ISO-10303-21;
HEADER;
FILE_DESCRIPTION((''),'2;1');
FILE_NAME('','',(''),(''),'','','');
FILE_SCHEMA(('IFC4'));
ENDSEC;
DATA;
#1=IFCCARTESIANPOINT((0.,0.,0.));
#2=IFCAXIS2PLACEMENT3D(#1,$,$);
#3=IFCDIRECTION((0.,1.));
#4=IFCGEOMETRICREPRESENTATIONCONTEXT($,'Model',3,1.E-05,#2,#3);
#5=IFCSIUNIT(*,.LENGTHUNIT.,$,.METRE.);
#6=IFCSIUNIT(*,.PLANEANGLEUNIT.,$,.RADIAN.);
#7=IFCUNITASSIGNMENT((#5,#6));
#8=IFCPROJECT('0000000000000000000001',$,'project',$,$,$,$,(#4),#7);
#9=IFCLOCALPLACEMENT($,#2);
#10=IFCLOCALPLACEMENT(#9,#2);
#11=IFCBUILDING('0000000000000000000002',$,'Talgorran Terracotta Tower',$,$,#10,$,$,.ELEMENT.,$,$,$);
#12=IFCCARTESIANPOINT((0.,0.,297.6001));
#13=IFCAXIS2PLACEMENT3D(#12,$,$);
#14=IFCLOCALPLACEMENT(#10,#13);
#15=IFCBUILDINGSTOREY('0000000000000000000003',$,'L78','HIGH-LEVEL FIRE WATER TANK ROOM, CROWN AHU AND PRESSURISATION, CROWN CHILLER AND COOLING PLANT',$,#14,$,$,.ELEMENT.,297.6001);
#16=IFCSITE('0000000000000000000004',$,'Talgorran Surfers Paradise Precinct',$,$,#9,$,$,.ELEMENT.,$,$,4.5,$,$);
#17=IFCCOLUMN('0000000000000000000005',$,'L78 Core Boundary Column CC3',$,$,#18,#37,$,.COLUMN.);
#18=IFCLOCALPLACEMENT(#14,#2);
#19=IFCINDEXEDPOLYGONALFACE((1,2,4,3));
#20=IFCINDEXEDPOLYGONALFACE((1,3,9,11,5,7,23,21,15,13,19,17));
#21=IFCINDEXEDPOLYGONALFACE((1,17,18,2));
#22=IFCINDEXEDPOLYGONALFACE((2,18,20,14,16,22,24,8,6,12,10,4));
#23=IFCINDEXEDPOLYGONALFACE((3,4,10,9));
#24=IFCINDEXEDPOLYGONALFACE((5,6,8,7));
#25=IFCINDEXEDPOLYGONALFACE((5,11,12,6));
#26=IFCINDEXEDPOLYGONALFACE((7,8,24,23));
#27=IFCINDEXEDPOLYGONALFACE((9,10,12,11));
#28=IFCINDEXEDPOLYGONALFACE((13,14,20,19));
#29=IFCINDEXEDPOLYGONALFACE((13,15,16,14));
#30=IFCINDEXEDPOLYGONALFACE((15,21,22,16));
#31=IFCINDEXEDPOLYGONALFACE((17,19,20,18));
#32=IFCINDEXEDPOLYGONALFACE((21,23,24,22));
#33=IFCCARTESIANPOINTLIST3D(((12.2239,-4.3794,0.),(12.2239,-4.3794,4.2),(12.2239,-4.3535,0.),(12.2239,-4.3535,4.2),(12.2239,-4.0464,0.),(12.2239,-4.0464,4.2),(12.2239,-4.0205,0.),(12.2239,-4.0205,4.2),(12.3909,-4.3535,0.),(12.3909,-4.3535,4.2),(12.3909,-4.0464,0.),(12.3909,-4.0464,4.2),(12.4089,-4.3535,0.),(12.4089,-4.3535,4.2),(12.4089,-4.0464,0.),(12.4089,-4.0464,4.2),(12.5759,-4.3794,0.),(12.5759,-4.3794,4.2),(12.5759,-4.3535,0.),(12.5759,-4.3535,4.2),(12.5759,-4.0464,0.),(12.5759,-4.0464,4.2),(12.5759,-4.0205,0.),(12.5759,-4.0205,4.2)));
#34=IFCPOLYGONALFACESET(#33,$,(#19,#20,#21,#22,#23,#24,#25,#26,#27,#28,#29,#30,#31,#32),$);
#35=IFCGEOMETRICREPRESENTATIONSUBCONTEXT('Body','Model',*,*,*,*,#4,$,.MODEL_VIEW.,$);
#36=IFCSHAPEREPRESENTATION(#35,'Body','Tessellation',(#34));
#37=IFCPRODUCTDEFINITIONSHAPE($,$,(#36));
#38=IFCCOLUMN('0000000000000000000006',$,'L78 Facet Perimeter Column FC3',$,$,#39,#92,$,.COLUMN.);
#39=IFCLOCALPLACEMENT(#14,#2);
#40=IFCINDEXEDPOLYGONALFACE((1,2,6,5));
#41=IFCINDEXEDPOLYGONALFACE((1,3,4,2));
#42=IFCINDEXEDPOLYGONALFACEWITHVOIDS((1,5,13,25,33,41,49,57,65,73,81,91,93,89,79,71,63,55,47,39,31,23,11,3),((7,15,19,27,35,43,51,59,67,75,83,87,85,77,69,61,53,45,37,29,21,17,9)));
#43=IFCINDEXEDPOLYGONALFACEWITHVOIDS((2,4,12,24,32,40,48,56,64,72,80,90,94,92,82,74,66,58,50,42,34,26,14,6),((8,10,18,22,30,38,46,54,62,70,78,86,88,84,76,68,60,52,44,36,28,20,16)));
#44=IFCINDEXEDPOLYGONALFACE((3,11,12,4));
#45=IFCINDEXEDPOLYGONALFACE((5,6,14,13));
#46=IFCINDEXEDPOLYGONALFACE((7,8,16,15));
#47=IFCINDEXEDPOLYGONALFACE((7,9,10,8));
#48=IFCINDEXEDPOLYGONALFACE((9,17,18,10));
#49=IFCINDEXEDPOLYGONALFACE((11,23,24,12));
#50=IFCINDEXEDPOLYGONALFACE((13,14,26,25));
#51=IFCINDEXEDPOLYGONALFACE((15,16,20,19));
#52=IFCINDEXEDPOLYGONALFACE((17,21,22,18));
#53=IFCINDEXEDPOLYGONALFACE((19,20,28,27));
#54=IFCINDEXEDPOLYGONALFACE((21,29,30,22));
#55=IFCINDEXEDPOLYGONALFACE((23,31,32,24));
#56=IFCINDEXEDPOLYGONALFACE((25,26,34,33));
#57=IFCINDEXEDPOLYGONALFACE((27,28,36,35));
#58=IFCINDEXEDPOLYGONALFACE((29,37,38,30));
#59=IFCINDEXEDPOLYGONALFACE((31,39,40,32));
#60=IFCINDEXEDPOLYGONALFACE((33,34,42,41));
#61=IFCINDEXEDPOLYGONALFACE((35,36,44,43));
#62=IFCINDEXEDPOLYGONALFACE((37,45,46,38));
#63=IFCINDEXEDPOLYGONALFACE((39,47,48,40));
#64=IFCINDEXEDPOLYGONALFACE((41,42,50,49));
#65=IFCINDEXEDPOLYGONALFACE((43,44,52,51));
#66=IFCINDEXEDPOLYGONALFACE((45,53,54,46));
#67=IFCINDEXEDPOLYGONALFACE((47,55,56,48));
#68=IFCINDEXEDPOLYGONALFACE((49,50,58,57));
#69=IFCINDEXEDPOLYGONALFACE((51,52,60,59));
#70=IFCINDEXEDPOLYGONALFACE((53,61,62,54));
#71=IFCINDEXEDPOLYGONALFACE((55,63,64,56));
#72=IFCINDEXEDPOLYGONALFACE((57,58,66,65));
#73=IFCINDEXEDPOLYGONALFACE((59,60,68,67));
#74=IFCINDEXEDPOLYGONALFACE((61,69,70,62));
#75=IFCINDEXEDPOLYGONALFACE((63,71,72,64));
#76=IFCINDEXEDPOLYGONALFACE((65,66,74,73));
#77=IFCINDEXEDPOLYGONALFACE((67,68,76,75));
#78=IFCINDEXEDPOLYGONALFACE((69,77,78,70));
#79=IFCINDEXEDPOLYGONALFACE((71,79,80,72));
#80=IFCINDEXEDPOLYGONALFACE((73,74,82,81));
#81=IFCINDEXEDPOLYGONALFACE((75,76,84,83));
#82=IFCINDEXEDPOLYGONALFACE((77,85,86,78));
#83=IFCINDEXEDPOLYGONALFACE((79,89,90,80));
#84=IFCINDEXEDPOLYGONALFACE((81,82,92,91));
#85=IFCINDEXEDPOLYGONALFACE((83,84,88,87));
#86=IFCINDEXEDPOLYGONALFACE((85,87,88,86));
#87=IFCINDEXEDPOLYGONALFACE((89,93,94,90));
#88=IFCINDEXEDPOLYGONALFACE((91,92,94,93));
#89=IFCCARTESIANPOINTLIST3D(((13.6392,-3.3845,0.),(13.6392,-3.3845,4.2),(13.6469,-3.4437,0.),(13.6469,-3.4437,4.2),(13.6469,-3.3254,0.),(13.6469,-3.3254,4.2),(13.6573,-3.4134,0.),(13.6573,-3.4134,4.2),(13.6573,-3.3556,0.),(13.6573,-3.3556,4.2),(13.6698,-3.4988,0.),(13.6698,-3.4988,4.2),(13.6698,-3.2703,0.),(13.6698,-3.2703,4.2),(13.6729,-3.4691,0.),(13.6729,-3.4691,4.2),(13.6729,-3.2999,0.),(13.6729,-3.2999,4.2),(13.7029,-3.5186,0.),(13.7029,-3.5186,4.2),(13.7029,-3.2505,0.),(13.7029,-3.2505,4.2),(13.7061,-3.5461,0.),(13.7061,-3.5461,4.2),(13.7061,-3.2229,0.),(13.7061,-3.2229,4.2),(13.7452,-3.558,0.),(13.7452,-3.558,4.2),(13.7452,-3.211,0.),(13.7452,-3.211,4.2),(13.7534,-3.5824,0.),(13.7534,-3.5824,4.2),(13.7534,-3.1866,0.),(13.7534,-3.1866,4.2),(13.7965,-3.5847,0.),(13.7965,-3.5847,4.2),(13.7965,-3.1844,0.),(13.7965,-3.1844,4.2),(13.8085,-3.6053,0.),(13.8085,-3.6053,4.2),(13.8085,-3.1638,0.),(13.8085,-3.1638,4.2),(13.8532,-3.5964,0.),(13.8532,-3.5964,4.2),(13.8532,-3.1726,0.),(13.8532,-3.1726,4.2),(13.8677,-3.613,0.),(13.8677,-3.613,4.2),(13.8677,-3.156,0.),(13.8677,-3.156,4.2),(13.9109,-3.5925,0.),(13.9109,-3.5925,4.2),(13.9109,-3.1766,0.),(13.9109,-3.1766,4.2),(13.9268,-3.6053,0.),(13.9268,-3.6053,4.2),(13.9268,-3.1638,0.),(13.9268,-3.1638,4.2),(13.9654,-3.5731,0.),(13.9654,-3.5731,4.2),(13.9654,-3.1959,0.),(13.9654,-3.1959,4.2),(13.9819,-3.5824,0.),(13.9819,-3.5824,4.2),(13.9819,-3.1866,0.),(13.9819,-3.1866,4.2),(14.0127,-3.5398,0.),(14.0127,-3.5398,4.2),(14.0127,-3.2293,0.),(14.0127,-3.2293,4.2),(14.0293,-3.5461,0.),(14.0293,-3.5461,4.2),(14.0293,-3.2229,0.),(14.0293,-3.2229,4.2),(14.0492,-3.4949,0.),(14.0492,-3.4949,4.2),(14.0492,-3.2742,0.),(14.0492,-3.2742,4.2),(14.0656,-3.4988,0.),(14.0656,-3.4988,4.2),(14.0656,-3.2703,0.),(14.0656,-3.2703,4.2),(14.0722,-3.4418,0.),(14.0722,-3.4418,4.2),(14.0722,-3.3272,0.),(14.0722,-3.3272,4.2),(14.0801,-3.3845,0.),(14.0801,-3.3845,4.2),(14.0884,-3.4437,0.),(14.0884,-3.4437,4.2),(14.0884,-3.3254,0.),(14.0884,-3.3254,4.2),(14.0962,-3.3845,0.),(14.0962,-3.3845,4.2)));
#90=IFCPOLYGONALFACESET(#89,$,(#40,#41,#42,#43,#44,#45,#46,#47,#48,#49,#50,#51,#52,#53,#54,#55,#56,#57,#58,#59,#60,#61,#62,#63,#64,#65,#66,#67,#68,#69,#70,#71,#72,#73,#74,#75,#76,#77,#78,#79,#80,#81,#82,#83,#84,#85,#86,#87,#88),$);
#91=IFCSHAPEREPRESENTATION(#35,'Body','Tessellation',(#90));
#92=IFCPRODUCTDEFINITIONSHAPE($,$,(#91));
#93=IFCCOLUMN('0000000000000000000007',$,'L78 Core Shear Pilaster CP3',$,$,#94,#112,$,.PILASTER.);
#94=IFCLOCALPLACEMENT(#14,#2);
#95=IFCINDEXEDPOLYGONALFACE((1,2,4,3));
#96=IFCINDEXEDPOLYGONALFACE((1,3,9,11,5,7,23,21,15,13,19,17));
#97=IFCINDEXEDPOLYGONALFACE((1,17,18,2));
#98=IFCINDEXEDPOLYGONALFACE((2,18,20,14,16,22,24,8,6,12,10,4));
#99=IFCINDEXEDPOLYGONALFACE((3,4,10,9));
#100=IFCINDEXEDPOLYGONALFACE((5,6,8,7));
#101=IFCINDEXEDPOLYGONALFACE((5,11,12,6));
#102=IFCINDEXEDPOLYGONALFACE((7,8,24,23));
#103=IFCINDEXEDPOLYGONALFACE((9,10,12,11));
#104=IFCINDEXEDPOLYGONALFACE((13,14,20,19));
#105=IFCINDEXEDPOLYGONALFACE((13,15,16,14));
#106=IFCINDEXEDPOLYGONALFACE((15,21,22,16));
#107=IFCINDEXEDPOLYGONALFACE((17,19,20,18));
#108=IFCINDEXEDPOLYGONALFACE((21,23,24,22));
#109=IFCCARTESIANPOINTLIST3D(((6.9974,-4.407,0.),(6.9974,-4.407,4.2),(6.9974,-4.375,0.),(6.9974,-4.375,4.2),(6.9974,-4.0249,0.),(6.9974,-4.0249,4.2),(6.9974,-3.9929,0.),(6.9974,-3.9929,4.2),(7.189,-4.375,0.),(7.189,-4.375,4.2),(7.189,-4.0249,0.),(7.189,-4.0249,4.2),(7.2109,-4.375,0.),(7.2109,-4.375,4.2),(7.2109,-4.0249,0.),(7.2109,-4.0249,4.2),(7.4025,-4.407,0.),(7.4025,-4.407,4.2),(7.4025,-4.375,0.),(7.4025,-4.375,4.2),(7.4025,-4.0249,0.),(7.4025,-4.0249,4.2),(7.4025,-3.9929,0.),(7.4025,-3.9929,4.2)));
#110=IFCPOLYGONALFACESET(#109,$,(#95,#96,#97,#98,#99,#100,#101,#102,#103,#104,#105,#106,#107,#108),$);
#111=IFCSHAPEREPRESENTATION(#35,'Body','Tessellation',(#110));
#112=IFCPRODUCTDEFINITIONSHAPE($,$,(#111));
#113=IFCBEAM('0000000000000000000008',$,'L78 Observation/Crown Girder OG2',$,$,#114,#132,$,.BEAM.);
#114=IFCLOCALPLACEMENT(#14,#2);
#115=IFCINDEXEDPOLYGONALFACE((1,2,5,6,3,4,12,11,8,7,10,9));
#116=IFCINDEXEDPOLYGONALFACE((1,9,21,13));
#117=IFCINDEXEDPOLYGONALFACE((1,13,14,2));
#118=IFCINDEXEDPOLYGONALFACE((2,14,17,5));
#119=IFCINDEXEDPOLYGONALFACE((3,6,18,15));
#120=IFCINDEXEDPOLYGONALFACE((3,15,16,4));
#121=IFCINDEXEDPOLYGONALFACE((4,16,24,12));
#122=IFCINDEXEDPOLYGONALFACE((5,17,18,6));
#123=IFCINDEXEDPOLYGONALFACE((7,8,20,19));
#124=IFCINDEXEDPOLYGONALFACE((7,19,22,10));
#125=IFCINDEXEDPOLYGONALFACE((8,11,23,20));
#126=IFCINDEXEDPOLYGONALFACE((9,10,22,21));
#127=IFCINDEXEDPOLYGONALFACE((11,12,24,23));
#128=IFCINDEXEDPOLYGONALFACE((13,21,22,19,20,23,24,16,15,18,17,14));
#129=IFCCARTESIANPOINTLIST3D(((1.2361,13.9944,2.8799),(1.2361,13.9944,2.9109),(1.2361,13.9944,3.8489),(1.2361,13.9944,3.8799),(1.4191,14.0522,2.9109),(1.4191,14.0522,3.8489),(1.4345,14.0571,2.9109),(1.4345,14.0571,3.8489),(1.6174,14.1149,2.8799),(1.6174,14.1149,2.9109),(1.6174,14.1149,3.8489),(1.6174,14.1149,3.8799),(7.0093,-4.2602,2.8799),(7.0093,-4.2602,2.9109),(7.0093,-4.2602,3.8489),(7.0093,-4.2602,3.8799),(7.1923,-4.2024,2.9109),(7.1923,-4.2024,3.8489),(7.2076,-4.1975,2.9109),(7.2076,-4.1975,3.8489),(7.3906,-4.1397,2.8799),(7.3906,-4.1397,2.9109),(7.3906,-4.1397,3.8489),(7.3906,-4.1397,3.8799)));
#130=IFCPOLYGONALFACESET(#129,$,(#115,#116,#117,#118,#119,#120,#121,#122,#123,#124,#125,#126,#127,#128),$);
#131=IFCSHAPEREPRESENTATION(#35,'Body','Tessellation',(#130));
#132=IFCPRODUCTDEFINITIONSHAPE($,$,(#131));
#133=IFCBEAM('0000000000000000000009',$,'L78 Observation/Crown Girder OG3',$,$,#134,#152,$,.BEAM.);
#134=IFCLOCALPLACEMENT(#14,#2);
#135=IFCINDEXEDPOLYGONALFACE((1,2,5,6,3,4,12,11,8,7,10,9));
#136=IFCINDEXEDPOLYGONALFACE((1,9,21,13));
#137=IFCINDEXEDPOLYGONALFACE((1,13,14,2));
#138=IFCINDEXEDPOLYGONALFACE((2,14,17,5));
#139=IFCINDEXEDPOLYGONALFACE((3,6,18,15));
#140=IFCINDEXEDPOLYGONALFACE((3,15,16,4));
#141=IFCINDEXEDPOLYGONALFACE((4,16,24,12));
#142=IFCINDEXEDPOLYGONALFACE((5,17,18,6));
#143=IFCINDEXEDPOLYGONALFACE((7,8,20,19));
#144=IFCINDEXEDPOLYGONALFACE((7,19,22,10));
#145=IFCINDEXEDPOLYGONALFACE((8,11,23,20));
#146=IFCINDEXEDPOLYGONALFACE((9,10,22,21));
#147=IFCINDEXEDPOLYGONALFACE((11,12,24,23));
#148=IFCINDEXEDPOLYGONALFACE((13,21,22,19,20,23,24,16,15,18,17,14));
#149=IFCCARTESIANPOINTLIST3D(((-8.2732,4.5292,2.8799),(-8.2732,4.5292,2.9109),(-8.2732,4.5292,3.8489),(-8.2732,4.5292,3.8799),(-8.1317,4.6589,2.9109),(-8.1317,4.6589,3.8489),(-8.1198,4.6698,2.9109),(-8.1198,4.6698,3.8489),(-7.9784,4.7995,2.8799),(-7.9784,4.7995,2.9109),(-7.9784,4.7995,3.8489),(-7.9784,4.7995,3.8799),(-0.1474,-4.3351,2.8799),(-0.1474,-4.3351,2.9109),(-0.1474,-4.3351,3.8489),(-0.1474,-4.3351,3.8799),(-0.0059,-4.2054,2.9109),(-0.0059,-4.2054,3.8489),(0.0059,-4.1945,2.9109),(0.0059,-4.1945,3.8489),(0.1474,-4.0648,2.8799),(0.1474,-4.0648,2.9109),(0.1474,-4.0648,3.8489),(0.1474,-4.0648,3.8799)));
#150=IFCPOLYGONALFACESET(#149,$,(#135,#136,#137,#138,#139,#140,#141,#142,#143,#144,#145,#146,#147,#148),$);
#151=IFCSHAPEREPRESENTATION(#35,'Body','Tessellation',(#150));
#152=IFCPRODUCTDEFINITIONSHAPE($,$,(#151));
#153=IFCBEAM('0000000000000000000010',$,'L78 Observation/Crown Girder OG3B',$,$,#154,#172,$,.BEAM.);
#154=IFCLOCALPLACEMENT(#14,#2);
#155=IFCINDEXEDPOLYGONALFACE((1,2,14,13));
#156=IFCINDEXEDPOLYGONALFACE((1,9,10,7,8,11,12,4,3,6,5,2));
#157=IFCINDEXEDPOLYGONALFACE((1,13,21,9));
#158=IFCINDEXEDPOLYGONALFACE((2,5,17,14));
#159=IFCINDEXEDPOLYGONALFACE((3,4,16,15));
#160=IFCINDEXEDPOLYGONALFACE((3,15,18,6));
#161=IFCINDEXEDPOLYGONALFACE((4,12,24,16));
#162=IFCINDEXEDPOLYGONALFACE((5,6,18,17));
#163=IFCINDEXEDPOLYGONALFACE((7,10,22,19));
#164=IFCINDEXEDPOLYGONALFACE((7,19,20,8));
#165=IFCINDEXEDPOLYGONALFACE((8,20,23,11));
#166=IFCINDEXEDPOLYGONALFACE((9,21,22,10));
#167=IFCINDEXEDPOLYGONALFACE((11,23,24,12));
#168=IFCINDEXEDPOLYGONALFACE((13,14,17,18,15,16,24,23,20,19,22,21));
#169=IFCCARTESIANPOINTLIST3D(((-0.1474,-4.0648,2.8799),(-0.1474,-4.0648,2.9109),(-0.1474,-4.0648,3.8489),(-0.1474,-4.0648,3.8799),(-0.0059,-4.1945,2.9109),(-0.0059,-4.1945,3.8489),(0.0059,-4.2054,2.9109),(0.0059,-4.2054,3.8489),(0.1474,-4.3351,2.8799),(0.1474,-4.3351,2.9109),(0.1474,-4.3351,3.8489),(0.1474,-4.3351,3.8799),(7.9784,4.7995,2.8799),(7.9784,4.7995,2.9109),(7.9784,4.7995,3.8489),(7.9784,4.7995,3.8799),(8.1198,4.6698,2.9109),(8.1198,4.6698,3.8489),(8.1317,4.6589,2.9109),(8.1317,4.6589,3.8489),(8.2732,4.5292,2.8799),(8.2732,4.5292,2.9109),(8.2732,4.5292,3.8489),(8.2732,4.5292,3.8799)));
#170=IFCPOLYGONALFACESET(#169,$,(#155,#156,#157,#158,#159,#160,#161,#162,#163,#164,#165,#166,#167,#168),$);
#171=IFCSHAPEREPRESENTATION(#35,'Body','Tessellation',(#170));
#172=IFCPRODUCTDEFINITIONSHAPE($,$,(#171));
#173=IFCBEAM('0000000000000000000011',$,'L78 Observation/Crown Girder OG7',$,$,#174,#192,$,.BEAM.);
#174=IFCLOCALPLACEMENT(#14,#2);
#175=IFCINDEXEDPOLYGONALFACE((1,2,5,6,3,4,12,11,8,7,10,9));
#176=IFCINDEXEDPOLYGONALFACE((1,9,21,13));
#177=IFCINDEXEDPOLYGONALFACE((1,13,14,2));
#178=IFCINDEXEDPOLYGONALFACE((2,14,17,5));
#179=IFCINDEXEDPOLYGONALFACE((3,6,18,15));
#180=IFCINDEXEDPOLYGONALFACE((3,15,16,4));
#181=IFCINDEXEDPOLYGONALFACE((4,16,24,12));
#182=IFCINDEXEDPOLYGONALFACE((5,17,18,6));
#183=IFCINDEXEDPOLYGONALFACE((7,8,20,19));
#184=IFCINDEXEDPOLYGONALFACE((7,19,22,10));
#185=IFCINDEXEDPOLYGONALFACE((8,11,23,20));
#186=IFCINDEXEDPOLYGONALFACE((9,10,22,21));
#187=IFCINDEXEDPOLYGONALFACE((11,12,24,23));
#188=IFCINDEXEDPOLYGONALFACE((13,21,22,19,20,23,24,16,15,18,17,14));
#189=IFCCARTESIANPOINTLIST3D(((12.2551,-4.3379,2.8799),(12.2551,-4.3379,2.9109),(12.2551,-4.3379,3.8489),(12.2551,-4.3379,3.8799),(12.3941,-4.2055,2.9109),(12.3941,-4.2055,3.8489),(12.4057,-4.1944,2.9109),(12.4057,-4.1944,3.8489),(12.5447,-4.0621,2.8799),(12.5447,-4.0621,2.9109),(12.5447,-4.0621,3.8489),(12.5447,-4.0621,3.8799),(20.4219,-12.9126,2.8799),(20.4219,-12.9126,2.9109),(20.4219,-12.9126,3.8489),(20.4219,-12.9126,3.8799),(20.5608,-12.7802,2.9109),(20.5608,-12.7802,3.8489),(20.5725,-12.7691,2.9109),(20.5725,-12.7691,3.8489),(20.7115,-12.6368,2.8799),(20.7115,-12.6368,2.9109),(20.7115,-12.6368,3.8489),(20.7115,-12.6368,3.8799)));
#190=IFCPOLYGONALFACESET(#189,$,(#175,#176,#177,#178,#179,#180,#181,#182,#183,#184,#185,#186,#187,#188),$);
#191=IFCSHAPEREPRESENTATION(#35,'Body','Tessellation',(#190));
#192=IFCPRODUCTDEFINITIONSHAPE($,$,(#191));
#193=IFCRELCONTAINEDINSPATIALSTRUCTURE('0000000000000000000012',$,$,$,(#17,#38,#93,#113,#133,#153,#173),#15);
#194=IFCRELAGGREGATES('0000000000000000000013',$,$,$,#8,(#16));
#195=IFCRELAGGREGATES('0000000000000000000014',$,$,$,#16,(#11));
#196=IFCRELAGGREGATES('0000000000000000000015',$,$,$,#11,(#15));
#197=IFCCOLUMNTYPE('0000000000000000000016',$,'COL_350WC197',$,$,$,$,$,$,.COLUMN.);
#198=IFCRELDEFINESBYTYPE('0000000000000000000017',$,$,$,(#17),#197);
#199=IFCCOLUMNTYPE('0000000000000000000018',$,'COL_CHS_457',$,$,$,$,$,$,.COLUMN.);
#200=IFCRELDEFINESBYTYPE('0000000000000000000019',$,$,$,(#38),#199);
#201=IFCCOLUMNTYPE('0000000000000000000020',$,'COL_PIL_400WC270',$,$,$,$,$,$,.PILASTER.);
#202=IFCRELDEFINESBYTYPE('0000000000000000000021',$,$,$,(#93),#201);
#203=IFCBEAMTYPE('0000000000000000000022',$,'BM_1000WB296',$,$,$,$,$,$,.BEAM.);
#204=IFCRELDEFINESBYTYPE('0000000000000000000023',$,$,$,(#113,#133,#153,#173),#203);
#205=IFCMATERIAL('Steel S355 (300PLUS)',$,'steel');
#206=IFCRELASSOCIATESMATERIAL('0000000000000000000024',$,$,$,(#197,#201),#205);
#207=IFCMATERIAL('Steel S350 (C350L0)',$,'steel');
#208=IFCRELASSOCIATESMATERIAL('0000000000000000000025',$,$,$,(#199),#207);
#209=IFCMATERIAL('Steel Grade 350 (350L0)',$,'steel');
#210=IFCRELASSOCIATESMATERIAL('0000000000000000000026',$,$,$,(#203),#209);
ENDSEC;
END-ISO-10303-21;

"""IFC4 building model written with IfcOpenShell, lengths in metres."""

from ifc_helpers import new_model, si_unit, direction, frame, origin, origin_2d, place, context, subcontext, project, spatial, hollow_circle, i_section, extrude, material, material_profile, profile_set, type_object, element, save


model = new_model("IFC4")

# Units and contexts
model_context = context("Model", 3, precision=1e-05, world=origin(), true_north=direction((0.0, 1.0)))
body_context = subcontext(model_context, "Body", "Model", "MODEL_VIEW")
ifc_project = project(units=[si_unit("LENGTHUNIT", "METRE"), si_unit("PLANEANGLEUNIT", "RADIAN")], contexts=[model_context])

# Site, building, storey
site_placement = place(None, origin())
site = spatial("IfcSite", under=ifc_project, at=site_placement, Name="Talgorran Surfers Paradise Precinct", CompositionType="ELEMENT", RefElevation=4.5)
building_placement = place(site_placement, origin())
building = spatial("IfcBuilding", under=site, at=building_placement, Name="Talgorran Terracotta Tower", CompositionType="ELEMENT")
storey_placement = place(building_placement, frame((0.0, 0.0, 297.6001)))
storey = spatial("IfcBuildingStorey", under=building, at=storey_placement, Name="L78", Description="HIGH-LEVEL FIRE WATER TANK ROOM, CROWN AHU AND PRESSURISATION, CROWN CHILLER AND COOLING PLANT", CompositionType="ELEMENT", Elevation=297.6001)

# Columns
ifc_material_1 = material(Name="Steel S355 (300PLUS)", Category="steel")
ifc_material_profile_1 = material_profile(ifc_material_1, i_section(OverallWidth=0.3521, OverallDepth=0.3589, WebThickness=0.0181, FlangeThickness=0.0259, at=origin_2d()), Name="350WC197")
ifc_profile_set_1 = profile_set([ifc_material_profile_1], Name="Steel S355 (300PLUS)")
column_type_1 = type_object("IfcColumnType", Name="COL_350WC197", PredefinedType="COLUMN", material=ifc_profile_set_1)
column_1_placement = place(storey_placement, frame((12.3999, -4.2, 0.0), z_axis=(0.0, 0.0, 1.0), x_axis=(1.0, 0.0, 0.0)))
element("IfcColumn", 1, at=column_1_placement, inside=storey, type_object=column_type_1, Name="L78 Core Boundary Column CC3", PredefinedType="COLUMN", context=body_context, shape_type="SweptSolid", body=[
    extrude(i_section(OverallWidth=0.3521, OverallDepth=0.3589, WebThickness=0.0181, FlangeThickness=0.0259, at=origin_2d()), origin(), (0.0, 0.0, 1.0), 4.2),
])
ifc_material_2 = material(Name="Steel S350 (C350L0)", Category="steel")
ifc_material_profile_2 = material_profile(ifc_material_2, hollow_circle(Radius=0.2285, WallThickness=0.0161, at=origin_2d()), Name="CHS457X16")
ifc_profile_set_2 = profile_set([ifc_material_profile_2], Name="Steel S350 (C350L0)")
column_type_2 = type_object("IfcColumnType", Name="COL_CHS_457", PredefinedType="COLUMN", material=ifc_profile_set_2)
column_2_placement = place(storey_placement, frame((13.8677, -3.3845, 0.0), z_axis=(0.0, 0.0, 1.0), x_axis=(1.0, 0.0, 0.0)))
element("IfcColumn", 2, at=column_2_placement, inside=storey, type_object=column_type_2, Name="L78 Facet Perimeter Column FC3", PredefinedType="COLUMN", context=body_context, shape_type="SweptSolid", body=[
    extrude(hollow_circle(Radius=0.2285, WallThickness=0.0161, at=origin_2d()), origin(), (0.0, 0.0, 1.0), 4.2),
])
ifc_material_profile_3 = material_profile(ifc_material_1, i_section(OverallWidth=0.405, OverallDepth=0.4141, WebThickness=0.022, FlangeThickness=0.032, at=origin_2d()), Name="400WC270")
ifc_profile_set_3 = profile_set([ifc_material_profile_3], Name="Steel S355 (300PLUS)")
column_type_3 = type_object("IfcColumnType", Name="COL_PIL_400WC270", PredefinedType="PILASTER", material=ifc_profile_set_3)
column_3_placement = place(storey_placement, frame((7.2, -4.2, 0.0), z_axis=(0.0, 0.0, 1.0), x_axis=(1.0, 0.0, 0.0)))
element("IfcColumn", 3, at=column_3_placement, inside=storey, type_object=column_type_3, Name="L78 Core Shear Pilaster CP3", PredefinedType="PILASTER", context=body_context, shape_type="SweptSolid", body=[
    extrude(i_section(OverallWidth=0.405, OverallDepth=0.4141, WebThickness=0.022, FlangeThickness=0.032, at=origin_2d()), origin(), (0.0, 0.0, 1.0), 4.2),
])

# Beams
ifc_material_3 = material(Name="Steel Grade 350 (350L0)", Category="steel")
ifc_material_profile_4 = material_profile(ifc_material_3, i_section(OverallWidth=0.3999, OverallDepth=1.0, WebThickness=0.0161, FlangeThickness=0.031, at=origin_2d()), Name="1000WB296")
ifc_profile_set_4 = profile_set([ifc_material_profile_4], Name="Steel Grade 350 (350L0)")
beam_type_1 = type_object("IfcBeamType", Name="BM_1000WB296", PredefinedType="BEAM", material=ifc_profile_set_4)
beam_1_placement = place(storey_placement, frame((7.2, -4.2, 3.3799), z_axis=(-0.301538, 0.953454, 0.0), x_axis=(-0.953454, -0.301538, 0.0)))
element("IfcBeam", 4, at=beam_1_placement, inside=storey, type_object=beam_type_1, Name="L78 Observation/Crown Girder OG2", PredefinedType="BEAM", context=body_context, shape_type="SweptSolid", body=[
    extrude(i_section(OverallWidth=0.3999, OverallDepth=1.0, WebThickness=0.0161, FlangeThickness=0.031, at=origin_2d()), origin(), (0.0, 0.0, 1.0), 19.1458),
])
for number, where, z_axis, x_axis, name in (
    (5, (0.0, -4.2, 3.3799), (-0.675732, 0.737147, 0.0), (-0.737147, -0.675732, 0.0), "L78 Observation/Crown Girder OG3"),
    (6, (0.0, -4.2, 3.3799), (0.675732, 0.737147, 0.0), (-0.737147, 0.675732, 0.0), "L78 Observation/Crown Girder OG3B"),
):
    element("IfcBeam", number, at=place(storey_placement, frame(where, z_axis=z_axis, x_axis=x_axis)), inside=storey, type_object=beam_type_1, Name=name, PredefinedType="BEAM", context=body_context, shape_type="SweptSolid", body=[
        extrude(i_section(OverallWidth=0.3999, OverallDepth=1.0, WebThickness=0.0161, FlangeThickness=0.031, at=origin_2d()), origin(), (0.0, 0.0, 1.0), 12.0251),
    ])
beam_2_placement = place(storey_placement, frame((12.3999, -4.2, 3.3799), z_axis=(0.689671, -0.724123, 0.0), x_axis=(0.724123, 0.689671, 0.0)))
element("IfcBeam", 7, at=beam_2_placement, inside=storey, type_object=beam_type_1, Name="L78 Observation/Crown Girder OG7", PredefinedType="BEAM", context=body_context, shape_type="SweptSolid", body=[
    extrude(i_section(OverallWidth=0.3999, OverallDepth=1.0, WebThickness=0.0161, FlangeThickness=0.031, at=origin_2d()), origin(), (0.0, 0.0, 1.0), 11.8416),
])

save(model, "model.ifc")
